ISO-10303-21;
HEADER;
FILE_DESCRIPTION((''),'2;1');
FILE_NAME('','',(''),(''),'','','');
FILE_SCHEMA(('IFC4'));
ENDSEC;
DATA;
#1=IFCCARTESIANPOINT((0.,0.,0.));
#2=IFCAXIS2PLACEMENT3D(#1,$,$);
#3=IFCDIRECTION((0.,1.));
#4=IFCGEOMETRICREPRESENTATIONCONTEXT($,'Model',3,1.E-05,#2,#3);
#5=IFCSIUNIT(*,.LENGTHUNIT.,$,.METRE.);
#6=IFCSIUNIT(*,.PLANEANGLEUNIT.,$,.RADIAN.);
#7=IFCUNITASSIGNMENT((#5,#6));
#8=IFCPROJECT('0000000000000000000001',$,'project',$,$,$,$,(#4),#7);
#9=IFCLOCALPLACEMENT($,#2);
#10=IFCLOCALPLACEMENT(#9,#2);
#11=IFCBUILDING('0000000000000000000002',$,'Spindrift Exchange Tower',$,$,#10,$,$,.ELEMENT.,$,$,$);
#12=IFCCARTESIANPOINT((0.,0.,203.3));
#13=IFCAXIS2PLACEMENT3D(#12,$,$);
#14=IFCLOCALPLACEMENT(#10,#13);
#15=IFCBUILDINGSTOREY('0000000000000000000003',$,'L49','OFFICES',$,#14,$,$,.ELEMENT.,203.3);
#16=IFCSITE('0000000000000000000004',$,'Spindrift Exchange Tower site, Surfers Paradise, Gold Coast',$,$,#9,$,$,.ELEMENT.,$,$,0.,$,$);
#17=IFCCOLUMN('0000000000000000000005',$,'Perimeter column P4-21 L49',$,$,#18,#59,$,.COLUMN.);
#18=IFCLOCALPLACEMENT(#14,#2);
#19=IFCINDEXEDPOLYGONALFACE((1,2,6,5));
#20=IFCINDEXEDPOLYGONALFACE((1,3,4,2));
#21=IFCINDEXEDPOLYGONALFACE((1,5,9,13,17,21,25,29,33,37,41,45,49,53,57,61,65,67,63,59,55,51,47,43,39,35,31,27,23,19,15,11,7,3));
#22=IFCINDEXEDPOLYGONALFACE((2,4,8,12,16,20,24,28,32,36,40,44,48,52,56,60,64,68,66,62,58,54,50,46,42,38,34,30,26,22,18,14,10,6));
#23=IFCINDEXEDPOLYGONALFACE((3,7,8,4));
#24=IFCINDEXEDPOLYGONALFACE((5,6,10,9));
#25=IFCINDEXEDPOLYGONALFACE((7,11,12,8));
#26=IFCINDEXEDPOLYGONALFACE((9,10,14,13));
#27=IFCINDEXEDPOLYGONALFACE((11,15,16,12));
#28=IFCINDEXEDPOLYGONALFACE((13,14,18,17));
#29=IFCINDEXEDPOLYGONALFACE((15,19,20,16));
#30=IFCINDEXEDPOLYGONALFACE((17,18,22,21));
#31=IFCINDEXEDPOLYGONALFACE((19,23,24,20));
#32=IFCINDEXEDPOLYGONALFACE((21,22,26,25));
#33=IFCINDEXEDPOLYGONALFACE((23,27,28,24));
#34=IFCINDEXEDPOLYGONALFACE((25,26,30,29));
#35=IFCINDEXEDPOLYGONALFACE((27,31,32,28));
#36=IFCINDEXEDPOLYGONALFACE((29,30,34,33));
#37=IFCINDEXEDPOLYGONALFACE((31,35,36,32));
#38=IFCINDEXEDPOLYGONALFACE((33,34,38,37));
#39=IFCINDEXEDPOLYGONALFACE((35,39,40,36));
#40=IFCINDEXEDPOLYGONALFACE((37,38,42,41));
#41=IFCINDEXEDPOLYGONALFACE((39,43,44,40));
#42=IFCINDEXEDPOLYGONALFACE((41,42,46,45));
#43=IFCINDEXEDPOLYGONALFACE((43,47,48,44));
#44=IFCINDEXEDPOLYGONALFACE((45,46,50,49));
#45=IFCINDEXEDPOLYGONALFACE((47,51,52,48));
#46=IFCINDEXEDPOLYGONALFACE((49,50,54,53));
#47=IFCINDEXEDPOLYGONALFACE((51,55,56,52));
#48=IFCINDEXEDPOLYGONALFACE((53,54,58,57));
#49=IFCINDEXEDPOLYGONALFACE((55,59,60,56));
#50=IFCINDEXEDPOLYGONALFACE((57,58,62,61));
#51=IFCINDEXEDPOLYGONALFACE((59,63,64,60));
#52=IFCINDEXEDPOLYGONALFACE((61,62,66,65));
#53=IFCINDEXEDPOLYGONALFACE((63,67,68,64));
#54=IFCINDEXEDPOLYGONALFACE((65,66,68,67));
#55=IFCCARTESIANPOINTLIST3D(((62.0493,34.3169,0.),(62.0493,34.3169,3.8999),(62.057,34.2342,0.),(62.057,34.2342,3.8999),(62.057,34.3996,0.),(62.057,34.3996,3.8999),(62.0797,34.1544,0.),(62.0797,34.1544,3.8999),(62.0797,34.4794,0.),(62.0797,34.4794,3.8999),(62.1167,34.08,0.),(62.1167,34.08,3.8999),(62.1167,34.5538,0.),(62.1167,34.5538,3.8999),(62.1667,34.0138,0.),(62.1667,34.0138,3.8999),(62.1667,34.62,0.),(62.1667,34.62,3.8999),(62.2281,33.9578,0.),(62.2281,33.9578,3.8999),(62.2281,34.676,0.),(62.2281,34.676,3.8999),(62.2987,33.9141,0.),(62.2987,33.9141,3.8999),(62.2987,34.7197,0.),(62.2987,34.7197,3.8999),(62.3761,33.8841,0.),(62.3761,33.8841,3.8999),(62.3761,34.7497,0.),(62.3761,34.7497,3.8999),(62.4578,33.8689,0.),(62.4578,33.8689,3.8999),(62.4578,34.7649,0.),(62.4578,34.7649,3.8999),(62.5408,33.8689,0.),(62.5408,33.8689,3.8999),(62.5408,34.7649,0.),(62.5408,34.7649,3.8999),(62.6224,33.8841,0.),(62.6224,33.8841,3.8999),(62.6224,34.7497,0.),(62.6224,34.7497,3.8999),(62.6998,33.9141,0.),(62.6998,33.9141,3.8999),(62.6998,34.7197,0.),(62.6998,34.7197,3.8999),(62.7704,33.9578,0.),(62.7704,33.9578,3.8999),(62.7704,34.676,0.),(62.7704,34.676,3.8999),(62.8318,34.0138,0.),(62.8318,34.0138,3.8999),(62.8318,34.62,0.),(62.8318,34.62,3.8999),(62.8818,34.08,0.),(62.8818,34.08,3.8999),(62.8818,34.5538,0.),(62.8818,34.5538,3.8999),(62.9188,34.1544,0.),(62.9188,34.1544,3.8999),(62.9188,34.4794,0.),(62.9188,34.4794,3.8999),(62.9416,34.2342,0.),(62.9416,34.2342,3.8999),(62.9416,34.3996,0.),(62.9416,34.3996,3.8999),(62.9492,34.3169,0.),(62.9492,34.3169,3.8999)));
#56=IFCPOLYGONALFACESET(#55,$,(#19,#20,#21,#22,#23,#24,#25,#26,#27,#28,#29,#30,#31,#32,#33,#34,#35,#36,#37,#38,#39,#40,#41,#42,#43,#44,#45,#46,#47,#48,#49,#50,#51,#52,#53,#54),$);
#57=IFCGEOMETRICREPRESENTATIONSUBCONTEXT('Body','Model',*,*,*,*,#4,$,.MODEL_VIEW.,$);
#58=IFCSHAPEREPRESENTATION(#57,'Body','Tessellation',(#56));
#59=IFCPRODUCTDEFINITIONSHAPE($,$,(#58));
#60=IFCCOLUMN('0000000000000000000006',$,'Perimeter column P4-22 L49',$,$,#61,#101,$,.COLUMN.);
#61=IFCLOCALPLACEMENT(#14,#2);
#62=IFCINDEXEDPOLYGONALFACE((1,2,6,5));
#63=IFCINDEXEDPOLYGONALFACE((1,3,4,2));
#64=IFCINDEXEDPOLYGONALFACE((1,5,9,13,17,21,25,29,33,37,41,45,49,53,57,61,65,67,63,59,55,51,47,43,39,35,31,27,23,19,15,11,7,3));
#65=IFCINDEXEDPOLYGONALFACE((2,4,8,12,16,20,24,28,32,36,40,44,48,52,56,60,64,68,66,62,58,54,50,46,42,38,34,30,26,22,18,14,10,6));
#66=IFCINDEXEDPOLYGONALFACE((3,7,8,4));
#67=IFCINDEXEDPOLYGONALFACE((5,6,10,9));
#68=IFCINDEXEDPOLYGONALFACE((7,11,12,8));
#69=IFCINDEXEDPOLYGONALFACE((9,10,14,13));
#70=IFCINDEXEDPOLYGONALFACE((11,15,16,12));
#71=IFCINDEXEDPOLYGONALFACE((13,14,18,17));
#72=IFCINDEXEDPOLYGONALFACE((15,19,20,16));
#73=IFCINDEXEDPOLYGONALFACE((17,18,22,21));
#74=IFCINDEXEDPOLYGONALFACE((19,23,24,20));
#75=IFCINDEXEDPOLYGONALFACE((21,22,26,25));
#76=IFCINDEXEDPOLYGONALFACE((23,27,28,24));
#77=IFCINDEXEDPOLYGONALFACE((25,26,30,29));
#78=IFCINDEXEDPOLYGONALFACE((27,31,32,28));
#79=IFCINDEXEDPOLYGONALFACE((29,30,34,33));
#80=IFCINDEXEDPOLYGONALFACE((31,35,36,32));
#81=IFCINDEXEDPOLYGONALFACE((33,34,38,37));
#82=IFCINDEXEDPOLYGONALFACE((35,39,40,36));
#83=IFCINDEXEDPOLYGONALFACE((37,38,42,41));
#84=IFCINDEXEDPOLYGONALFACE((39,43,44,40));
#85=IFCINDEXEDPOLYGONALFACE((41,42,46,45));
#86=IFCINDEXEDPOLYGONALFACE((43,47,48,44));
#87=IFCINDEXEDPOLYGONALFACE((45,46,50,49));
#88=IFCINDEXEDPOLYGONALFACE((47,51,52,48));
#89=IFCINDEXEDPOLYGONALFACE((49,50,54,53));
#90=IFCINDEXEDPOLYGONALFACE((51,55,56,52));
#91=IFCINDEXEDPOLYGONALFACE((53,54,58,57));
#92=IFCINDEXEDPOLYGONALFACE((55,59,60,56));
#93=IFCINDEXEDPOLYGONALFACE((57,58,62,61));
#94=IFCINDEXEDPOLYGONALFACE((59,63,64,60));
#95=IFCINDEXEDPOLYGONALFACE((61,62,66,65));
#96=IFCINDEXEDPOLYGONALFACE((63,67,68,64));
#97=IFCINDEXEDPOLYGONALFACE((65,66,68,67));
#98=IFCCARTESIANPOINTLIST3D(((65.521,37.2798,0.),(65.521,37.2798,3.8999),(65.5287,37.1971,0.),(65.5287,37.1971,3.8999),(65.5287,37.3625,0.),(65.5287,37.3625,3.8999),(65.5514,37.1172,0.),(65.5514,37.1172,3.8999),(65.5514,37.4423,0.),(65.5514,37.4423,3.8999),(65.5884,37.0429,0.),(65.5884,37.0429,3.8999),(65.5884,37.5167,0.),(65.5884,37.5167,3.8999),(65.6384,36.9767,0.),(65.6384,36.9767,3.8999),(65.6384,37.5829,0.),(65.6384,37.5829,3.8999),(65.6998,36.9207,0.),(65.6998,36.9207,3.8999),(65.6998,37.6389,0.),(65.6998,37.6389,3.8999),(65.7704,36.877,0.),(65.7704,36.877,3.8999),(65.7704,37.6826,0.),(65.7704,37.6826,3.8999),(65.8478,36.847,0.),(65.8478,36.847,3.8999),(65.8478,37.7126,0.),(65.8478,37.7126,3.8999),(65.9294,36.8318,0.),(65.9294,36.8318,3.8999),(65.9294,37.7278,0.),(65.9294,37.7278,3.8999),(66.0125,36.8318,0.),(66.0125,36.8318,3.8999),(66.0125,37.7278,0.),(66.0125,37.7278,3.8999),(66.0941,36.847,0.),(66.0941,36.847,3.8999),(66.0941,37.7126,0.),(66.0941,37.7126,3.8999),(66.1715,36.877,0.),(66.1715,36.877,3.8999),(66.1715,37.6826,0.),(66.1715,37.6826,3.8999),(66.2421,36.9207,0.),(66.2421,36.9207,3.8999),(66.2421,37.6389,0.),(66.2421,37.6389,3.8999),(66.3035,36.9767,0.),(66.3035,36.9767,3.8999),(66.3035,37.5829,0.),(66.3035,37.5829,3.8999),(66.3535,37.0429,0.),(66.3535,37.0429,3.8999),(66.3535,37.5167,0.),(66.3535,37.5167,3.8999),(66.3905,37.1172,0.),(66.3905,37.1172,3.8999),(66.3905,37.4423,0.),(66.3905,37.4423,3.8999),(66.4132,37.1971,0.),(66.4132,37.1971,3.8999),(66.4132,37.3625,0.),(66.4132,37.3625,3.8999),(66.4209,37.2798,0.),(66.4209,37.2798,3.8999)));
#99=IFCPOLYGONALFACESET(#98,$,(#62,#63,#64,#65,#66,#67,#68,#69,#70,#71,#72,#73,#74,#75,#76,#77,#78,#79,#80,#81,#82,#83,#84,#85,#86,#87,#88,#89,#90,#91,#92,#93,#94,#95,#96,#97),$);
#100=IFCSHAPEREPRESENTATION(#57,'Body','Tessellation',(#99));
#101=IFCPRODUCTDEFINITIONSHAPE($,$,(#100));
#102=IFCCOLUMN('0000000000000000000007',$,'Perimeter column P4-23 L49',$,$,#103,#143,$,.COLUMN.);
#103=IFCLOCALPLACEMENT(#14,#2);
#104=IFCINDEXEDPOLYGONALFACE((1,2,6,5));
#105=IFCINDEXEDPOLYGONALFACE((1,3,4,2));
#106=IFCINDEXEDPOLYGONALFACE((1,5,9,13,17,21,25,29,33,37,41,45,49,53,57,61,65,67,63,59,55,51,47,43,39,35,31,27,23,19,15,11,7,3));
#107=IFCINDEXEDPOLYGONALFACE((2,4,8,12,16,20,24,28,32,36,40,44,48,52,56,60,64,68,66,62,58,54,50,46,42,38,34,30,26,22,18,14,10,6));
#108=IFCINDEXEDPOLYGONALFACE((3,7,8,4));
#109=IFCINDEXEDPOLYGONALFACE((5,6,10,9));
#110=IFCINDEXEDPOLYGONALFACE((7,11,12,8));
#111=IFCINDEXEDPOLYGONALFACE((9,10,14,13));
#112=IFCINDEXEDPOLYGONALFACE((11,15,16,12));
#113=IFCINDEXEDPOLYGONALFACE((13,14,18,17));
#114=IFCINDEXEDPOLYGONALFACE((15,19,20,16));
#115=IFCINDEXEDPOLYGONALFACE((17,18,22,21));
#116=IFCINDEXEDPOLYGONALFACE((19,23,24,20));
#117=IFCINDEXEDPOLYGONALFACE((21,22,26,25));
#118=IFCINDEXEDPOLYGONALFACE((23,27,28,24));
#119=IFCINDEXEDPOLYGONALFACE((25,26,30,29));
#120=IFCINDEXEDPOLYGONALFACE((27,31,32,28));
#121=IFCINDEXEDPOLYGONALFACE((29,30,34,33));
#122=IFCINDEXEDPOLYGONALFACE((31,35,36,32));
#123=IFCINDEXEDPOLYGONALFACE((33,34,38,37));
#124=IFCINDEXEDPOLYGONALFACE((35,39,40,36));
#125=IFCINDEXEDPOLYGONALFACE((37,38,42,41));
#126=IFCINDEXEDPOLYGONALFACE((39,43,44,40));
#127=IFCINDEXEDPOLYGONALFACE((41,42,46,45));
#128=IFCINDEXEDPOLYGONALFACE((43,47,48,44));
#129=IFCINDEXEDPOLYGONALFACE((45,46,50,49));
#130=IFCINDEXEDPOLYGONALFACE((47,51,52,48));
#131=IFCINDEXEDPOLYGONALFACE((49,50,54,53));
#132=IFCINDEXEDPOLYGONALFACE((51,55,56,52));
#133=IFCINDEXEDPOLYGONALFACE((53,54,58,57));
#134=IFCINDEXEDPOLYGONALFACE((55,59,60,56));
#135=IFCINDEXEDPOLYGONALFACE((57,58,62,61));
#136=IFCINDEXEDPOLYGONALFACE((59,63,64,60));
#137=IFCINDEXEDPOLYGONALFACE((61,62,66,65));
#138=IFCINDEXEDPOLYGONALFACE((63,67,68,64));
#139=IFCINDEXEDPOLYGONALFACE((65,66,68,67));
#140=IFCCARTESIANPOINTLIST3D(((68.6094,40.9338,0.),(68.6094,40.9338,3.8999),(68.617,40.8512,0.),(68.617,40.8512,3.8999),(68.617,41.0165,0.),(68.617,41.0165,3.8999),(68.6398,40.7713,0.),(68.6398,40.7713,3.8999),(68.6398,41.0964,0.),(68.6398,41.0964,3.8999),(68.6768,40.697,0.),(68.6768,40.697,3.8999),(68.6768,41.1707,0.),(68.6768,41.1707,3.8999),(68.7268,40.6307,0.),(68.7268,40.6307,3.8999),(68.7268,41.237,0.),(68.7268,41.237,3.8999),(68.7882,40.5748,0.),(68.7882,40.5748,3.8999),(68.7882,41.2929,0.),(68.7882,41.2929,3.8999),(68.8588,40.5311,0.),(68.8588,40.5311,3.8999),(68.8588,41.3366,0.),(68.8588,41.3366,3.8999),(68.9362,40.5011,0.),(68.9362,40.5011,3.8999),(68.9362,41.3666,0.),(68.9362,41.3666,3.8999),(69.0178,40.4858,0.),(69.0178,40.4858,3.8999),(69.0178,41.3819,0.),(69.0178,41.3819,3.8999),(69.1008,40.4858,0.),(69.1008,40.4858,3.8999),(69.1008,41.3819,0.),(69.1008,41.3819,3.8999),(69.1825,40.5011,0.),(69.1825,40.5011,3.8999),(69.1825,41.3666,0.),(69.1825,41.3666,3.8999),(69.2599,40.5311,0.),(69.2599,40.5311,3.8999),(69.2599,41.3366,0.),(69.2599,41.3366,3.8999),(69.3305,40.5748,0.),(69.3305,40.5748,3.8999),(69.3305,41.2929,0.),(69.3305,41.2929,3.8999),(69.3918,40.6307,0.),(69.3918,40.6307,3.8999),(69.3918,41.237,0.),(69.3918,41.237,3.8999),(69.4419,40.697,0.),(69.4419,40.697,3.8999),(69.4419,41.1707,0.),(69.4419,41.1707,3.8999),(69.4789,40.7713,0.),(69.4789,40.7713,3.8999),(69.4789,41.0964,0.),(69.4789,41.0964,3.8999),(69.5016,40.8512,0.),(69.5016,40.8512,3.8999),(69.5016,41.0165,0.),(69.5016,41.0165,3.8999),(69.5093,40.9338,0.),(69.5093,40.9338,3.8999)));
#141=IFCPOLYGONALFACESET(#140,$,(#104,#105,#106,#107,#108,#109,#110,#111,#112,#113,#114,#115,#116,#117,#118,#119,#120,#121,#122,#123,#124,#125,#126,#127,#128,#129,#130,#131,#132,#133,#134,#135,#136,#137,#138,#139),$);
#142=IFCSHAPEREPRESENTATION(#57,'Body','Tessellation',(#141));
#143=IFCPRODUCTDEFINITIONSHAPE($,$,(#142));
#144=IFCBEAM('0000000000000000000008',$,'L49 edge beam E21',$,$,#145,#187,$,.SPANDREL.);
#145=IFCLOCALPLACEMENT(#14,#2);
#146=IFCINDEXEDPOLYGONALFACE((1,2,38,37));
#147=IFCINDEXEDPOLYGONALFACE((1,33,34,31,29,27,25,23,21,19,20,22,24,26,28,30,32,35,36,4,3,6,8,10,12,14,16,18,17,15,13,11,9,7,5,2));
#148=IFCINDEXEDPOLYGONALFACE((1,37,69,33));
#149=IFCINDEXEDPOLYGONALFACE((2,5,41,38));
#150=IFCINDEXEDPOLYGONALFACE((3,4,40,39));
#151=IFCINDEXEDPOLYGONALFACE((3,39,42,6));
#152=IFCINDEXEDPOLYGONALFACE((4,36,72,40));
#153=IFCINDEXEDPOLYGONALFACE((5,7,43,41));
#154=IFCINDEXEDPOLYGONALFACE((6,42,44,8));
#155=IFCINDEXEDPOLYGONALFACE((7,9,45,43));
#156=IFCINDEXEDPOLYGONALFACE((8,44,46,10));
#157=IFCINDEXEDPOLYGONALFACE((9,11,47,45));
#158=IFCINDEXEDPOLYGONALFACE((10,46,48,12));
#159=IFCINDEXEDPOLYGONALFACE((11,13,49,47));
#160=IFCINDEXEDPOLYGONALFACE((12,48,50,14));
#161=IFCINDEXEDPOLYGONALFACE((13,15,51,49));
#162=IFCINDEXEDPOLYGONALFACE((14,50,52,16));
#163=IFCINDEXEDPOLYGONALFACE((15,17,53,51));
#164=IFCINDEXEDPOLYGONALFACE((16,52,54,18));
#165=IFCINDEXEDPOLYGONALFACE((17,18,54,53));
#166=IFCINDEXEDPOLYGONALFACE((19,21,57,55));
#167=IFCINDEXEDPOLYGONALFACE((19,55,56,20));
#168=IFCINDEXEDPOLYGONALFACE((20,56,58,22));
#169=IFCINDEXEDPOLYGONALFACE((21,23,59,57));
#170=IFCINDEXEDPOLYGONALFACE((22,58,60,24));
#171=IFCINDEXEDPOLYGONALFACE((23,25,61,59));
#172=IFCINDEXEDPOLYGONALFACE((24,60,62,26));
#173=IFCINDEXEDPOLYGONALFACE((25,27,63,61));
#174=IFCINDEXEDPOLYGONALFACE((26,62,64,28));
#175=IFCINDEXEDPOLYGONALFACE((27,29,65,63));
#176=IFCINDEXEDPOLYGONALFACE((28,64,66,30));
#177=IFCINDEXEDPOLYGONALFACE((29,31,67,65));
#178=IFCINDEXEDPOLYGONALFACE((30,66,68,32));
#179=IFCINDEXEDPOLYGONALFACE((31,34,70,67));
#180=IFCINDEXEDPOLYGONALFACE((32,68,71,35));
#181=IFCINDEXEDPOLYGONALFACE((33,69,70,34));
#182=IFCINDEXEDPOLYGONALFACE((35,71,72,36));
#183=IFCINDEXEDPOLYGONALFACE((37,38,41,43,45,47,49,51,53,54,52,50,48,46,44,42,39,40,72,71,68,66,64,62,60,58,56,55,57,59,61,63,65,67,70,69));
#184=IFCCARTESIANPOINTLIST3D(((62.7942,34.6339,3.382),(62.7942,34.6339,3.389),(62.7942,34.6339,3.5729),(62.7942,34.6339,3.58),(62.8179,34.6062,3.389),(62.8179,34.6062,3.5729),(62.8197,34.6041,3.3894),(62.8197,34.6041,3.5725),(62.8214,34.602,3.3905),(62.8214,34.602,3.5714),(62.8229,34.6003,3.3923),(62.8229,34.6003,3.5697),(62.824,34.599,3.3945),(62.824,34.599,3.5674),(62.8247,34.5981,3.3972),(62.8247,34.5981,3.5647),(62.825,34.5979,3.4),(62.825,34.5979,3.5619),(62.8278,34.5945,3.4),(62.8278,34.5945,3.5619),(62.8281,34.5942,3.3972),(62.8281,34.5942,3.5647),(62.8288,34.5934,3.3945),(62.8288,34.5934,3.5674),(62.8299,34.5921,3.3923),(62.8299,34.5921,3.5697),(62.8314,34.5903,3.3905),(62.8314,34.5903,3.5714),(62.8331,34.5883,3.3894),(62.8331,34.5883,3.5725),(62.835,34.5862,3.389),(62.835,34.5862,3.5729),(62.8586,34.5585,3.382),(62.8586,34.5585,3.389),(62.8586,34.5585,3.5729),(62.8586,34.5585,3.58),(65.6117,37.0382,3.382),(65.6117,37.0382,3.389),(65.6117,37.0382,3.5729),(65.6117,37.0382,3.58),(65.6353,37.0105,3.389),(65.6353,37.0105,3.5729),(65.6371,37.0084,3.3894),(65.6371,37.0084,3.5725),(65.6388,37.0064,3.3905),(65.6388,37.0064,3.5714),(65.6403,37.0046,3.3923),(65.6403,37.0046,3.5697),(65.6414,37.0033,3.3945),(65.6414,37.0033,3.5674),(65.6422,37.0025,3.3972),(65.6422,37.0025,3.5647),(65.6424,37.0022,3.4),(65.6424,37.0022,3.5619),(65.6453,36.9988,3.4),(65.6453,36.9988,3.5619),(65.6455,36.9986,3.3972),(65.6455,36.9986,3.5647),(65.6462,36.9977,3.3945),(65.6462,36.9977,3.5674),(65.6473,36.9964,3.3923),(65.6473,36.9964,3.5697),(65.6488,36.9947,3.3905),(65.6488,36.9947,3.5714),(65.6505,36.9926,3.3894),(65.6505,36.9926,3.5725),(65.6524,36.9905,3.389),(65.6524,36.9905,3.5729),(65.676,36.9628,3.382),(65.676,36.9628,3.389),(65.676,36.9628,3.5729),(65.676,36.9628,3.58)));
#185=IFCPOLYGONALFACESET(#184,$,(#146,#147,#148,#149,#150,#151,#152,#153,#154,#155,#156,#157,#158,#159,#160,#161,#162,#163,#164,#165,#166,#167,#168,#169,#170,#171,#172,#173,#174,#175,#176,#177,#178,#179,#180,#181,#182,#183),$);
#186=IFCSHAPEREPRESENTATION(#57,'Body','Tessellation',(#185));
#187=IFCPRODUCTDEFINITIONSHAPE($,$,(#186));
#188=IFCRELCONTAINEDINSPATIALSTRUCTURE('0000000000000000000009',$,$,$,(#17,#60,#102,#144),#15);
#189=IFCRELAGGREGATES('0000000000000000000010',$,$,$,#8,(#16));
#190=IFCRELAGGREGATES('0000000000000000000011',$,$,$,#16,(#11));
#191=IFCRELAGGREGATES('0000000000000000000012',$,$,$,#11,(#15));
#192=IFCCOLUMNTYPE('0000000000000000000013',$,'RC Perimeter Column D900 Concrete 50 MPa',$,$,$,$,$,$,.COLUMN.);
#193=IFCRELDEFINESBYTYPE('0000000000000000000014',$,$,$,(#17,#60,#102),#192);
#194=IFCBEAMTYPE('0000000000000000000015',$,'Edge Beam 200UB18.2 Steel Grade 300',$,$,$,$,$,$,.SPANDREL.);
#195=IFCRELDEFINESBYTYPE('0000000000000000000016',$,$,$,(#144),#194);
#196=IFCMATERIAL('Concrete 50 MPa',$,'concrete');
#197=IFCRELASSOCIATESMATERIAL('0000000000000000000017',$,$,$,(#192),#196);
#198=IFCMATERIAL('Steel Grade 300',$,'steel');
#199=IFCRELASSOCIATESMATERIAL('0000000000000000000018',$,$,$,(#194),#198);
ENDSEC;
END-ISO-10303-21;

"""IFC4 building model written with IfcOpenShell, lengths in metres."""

from ifc_helpers import new_model, si_unit, direction, frame, origin, origin_2d, place, context, subcontext, project, spatial, circle, i_section, extrude, source, transform, mapped, material, material_profile, profile_set, type_object, element, save


model = new_model("IFC4")

# Units and contexts
model_context = context("Model", 3, precision=1e-05, world=origin(), true_north=direction((0.0, 1.0)))
body_context = subcontext(model_context, "Body", "Model", "MODEL_VIEW")
ifc_project = project(units=[si_unit("LENGTHUNIT", "METRE"), si_unit("PLANEANGLEUNIT", "RADIAN")], contexts=[model_context])

# Site, building, storey
site_placement = place(None, origin())
site = spatial("IfcSite", under=ifc_project, at=site_placement, Name="Spindrift Exchange Tower site, Surfers Paradise, Gold Coast", CompositionType="ELEMENT", RefElevation=0.0)
building_placement = place(site_placement, origin())
building = spatial("IfcBuilding", under=site, at=building_placement, Name="Spindrift Exchange Tower", CompositionType="ELEMENT")
storey_placement = place(building_placement, frame((0.0, 0.0, 203.3)))
storey = spatial("IfcBuildingStorey", under=building, at=storey_placement, Name="L49", Description="OFFICES", CompositionType="ELEMENT", Elevation=203.3)

# Columns
ifc_material_1 = material(Name="Concrete 50 MPa", Category="concrete")
ifc_material_profile_1 = material_profile(ifc_material_1, circle(Radius=0.45, at=origin_2d()), Name="RC D900")
ifc_profile_set_1 = profile_set([ifc_material_profile_1], Name="Concrete 50 MPa")
column_type = type_object("IfcColumnType", Name="RC Perimeter Column D900 Concrete 50 MPa", PredefinedType="COLUMN", material=ifc_profile_set_1)
shared_shape_1 = source(origin(), body_context, "Body", "SweptSolid", [
    extrude(circle(Radius=0.45, at=origin_2d()), origin(), (0.0, 0.0, 1.0), 3.8999),
])
for number, where, z_axis, x_axis, name in (
    (1, (62.4993, 34.3169, 0.0), (0.0, 0.0, 1.0), (1.0, 0.0, 0.0), "Perimeter column P4-21 L49"),
    (2, (65.9709, 37.2798, 0.0), (0.0, 0.0, 1.0), (1.0, 0.0, 0.0), "Perimeter column P4-22 L49"),
    (3, (69.0593, 40.9338, 0.0), (0.0, 0.0, 1.0), (1.0, 0.0, 0.0), "Perimeter column P4-23 L49"),
):
    element("IfcColumn", number, at=place(storey_placement, frame(where, z_axis=z_axis, x_axis=x_axis)), inside=storey, type_object=column_type, Name=name, PredefinedType="COLUMN", context=body_context, shape_type="MappedRepresentation", body=[
        mapped(shared_shape_1, transform((0.0, 0.0, 0.0), scale=1.0)),
    ])

# Beam
ifc_material_2 = material(Name="Steel Grade 300", Category="steel")
ifc_material_profile_2 = material_profile(ifc_material_2, i_section(OverallWidth=0.0991, OverallDepth=0.198, WebThickness=0.0044, FlangeThickness=0.0071, FilletRadius=0.011, at=origin_2d()), Name="200UB18.2")
ifc_profile_set_2 = profile_set([ifc_material_profile_2], Name="Steel Grade 300")
beam_type_1 = type_object("IfcBeamType", Name="Edge Beam 200UB18.2 Steel Grade 300", PredefinedType="SPANDREL", material=ifc_profile_set_2)
shared_shape_2 = source(origin(), body_context, "Body", "SweptSolid", [
    extrude(i_section(OverallWidth=0.0991, OverallDepth=0.198, WebThickness=0.0044, FlangeThickness=0.0071, FilletRadius=0.011, at=origin_2d()), origin(), (0.0, 0.0, 1.0), 3.7039),
])
beam_1_placement = place(storey_placement, frame((62.8264, 34.5962, 3.481), z_axis=(0.760669, 0.64914, 0.0), x_axis=(-0.64914, 0.760669, 0.0)))
element("IfcBeam", 4, at=beam_1_placement, inside=storey, type_object=beam_type_1, Name="L49 edge beam E21", PredefinedType="SPANDREL", context=body_context, shape_type="MappedRepresentation", body=[
    mapped(shared_shape_2, transform((0.0, 0.0, 0.0), scale=1.0)),
])

save(model, "model.ifc")
